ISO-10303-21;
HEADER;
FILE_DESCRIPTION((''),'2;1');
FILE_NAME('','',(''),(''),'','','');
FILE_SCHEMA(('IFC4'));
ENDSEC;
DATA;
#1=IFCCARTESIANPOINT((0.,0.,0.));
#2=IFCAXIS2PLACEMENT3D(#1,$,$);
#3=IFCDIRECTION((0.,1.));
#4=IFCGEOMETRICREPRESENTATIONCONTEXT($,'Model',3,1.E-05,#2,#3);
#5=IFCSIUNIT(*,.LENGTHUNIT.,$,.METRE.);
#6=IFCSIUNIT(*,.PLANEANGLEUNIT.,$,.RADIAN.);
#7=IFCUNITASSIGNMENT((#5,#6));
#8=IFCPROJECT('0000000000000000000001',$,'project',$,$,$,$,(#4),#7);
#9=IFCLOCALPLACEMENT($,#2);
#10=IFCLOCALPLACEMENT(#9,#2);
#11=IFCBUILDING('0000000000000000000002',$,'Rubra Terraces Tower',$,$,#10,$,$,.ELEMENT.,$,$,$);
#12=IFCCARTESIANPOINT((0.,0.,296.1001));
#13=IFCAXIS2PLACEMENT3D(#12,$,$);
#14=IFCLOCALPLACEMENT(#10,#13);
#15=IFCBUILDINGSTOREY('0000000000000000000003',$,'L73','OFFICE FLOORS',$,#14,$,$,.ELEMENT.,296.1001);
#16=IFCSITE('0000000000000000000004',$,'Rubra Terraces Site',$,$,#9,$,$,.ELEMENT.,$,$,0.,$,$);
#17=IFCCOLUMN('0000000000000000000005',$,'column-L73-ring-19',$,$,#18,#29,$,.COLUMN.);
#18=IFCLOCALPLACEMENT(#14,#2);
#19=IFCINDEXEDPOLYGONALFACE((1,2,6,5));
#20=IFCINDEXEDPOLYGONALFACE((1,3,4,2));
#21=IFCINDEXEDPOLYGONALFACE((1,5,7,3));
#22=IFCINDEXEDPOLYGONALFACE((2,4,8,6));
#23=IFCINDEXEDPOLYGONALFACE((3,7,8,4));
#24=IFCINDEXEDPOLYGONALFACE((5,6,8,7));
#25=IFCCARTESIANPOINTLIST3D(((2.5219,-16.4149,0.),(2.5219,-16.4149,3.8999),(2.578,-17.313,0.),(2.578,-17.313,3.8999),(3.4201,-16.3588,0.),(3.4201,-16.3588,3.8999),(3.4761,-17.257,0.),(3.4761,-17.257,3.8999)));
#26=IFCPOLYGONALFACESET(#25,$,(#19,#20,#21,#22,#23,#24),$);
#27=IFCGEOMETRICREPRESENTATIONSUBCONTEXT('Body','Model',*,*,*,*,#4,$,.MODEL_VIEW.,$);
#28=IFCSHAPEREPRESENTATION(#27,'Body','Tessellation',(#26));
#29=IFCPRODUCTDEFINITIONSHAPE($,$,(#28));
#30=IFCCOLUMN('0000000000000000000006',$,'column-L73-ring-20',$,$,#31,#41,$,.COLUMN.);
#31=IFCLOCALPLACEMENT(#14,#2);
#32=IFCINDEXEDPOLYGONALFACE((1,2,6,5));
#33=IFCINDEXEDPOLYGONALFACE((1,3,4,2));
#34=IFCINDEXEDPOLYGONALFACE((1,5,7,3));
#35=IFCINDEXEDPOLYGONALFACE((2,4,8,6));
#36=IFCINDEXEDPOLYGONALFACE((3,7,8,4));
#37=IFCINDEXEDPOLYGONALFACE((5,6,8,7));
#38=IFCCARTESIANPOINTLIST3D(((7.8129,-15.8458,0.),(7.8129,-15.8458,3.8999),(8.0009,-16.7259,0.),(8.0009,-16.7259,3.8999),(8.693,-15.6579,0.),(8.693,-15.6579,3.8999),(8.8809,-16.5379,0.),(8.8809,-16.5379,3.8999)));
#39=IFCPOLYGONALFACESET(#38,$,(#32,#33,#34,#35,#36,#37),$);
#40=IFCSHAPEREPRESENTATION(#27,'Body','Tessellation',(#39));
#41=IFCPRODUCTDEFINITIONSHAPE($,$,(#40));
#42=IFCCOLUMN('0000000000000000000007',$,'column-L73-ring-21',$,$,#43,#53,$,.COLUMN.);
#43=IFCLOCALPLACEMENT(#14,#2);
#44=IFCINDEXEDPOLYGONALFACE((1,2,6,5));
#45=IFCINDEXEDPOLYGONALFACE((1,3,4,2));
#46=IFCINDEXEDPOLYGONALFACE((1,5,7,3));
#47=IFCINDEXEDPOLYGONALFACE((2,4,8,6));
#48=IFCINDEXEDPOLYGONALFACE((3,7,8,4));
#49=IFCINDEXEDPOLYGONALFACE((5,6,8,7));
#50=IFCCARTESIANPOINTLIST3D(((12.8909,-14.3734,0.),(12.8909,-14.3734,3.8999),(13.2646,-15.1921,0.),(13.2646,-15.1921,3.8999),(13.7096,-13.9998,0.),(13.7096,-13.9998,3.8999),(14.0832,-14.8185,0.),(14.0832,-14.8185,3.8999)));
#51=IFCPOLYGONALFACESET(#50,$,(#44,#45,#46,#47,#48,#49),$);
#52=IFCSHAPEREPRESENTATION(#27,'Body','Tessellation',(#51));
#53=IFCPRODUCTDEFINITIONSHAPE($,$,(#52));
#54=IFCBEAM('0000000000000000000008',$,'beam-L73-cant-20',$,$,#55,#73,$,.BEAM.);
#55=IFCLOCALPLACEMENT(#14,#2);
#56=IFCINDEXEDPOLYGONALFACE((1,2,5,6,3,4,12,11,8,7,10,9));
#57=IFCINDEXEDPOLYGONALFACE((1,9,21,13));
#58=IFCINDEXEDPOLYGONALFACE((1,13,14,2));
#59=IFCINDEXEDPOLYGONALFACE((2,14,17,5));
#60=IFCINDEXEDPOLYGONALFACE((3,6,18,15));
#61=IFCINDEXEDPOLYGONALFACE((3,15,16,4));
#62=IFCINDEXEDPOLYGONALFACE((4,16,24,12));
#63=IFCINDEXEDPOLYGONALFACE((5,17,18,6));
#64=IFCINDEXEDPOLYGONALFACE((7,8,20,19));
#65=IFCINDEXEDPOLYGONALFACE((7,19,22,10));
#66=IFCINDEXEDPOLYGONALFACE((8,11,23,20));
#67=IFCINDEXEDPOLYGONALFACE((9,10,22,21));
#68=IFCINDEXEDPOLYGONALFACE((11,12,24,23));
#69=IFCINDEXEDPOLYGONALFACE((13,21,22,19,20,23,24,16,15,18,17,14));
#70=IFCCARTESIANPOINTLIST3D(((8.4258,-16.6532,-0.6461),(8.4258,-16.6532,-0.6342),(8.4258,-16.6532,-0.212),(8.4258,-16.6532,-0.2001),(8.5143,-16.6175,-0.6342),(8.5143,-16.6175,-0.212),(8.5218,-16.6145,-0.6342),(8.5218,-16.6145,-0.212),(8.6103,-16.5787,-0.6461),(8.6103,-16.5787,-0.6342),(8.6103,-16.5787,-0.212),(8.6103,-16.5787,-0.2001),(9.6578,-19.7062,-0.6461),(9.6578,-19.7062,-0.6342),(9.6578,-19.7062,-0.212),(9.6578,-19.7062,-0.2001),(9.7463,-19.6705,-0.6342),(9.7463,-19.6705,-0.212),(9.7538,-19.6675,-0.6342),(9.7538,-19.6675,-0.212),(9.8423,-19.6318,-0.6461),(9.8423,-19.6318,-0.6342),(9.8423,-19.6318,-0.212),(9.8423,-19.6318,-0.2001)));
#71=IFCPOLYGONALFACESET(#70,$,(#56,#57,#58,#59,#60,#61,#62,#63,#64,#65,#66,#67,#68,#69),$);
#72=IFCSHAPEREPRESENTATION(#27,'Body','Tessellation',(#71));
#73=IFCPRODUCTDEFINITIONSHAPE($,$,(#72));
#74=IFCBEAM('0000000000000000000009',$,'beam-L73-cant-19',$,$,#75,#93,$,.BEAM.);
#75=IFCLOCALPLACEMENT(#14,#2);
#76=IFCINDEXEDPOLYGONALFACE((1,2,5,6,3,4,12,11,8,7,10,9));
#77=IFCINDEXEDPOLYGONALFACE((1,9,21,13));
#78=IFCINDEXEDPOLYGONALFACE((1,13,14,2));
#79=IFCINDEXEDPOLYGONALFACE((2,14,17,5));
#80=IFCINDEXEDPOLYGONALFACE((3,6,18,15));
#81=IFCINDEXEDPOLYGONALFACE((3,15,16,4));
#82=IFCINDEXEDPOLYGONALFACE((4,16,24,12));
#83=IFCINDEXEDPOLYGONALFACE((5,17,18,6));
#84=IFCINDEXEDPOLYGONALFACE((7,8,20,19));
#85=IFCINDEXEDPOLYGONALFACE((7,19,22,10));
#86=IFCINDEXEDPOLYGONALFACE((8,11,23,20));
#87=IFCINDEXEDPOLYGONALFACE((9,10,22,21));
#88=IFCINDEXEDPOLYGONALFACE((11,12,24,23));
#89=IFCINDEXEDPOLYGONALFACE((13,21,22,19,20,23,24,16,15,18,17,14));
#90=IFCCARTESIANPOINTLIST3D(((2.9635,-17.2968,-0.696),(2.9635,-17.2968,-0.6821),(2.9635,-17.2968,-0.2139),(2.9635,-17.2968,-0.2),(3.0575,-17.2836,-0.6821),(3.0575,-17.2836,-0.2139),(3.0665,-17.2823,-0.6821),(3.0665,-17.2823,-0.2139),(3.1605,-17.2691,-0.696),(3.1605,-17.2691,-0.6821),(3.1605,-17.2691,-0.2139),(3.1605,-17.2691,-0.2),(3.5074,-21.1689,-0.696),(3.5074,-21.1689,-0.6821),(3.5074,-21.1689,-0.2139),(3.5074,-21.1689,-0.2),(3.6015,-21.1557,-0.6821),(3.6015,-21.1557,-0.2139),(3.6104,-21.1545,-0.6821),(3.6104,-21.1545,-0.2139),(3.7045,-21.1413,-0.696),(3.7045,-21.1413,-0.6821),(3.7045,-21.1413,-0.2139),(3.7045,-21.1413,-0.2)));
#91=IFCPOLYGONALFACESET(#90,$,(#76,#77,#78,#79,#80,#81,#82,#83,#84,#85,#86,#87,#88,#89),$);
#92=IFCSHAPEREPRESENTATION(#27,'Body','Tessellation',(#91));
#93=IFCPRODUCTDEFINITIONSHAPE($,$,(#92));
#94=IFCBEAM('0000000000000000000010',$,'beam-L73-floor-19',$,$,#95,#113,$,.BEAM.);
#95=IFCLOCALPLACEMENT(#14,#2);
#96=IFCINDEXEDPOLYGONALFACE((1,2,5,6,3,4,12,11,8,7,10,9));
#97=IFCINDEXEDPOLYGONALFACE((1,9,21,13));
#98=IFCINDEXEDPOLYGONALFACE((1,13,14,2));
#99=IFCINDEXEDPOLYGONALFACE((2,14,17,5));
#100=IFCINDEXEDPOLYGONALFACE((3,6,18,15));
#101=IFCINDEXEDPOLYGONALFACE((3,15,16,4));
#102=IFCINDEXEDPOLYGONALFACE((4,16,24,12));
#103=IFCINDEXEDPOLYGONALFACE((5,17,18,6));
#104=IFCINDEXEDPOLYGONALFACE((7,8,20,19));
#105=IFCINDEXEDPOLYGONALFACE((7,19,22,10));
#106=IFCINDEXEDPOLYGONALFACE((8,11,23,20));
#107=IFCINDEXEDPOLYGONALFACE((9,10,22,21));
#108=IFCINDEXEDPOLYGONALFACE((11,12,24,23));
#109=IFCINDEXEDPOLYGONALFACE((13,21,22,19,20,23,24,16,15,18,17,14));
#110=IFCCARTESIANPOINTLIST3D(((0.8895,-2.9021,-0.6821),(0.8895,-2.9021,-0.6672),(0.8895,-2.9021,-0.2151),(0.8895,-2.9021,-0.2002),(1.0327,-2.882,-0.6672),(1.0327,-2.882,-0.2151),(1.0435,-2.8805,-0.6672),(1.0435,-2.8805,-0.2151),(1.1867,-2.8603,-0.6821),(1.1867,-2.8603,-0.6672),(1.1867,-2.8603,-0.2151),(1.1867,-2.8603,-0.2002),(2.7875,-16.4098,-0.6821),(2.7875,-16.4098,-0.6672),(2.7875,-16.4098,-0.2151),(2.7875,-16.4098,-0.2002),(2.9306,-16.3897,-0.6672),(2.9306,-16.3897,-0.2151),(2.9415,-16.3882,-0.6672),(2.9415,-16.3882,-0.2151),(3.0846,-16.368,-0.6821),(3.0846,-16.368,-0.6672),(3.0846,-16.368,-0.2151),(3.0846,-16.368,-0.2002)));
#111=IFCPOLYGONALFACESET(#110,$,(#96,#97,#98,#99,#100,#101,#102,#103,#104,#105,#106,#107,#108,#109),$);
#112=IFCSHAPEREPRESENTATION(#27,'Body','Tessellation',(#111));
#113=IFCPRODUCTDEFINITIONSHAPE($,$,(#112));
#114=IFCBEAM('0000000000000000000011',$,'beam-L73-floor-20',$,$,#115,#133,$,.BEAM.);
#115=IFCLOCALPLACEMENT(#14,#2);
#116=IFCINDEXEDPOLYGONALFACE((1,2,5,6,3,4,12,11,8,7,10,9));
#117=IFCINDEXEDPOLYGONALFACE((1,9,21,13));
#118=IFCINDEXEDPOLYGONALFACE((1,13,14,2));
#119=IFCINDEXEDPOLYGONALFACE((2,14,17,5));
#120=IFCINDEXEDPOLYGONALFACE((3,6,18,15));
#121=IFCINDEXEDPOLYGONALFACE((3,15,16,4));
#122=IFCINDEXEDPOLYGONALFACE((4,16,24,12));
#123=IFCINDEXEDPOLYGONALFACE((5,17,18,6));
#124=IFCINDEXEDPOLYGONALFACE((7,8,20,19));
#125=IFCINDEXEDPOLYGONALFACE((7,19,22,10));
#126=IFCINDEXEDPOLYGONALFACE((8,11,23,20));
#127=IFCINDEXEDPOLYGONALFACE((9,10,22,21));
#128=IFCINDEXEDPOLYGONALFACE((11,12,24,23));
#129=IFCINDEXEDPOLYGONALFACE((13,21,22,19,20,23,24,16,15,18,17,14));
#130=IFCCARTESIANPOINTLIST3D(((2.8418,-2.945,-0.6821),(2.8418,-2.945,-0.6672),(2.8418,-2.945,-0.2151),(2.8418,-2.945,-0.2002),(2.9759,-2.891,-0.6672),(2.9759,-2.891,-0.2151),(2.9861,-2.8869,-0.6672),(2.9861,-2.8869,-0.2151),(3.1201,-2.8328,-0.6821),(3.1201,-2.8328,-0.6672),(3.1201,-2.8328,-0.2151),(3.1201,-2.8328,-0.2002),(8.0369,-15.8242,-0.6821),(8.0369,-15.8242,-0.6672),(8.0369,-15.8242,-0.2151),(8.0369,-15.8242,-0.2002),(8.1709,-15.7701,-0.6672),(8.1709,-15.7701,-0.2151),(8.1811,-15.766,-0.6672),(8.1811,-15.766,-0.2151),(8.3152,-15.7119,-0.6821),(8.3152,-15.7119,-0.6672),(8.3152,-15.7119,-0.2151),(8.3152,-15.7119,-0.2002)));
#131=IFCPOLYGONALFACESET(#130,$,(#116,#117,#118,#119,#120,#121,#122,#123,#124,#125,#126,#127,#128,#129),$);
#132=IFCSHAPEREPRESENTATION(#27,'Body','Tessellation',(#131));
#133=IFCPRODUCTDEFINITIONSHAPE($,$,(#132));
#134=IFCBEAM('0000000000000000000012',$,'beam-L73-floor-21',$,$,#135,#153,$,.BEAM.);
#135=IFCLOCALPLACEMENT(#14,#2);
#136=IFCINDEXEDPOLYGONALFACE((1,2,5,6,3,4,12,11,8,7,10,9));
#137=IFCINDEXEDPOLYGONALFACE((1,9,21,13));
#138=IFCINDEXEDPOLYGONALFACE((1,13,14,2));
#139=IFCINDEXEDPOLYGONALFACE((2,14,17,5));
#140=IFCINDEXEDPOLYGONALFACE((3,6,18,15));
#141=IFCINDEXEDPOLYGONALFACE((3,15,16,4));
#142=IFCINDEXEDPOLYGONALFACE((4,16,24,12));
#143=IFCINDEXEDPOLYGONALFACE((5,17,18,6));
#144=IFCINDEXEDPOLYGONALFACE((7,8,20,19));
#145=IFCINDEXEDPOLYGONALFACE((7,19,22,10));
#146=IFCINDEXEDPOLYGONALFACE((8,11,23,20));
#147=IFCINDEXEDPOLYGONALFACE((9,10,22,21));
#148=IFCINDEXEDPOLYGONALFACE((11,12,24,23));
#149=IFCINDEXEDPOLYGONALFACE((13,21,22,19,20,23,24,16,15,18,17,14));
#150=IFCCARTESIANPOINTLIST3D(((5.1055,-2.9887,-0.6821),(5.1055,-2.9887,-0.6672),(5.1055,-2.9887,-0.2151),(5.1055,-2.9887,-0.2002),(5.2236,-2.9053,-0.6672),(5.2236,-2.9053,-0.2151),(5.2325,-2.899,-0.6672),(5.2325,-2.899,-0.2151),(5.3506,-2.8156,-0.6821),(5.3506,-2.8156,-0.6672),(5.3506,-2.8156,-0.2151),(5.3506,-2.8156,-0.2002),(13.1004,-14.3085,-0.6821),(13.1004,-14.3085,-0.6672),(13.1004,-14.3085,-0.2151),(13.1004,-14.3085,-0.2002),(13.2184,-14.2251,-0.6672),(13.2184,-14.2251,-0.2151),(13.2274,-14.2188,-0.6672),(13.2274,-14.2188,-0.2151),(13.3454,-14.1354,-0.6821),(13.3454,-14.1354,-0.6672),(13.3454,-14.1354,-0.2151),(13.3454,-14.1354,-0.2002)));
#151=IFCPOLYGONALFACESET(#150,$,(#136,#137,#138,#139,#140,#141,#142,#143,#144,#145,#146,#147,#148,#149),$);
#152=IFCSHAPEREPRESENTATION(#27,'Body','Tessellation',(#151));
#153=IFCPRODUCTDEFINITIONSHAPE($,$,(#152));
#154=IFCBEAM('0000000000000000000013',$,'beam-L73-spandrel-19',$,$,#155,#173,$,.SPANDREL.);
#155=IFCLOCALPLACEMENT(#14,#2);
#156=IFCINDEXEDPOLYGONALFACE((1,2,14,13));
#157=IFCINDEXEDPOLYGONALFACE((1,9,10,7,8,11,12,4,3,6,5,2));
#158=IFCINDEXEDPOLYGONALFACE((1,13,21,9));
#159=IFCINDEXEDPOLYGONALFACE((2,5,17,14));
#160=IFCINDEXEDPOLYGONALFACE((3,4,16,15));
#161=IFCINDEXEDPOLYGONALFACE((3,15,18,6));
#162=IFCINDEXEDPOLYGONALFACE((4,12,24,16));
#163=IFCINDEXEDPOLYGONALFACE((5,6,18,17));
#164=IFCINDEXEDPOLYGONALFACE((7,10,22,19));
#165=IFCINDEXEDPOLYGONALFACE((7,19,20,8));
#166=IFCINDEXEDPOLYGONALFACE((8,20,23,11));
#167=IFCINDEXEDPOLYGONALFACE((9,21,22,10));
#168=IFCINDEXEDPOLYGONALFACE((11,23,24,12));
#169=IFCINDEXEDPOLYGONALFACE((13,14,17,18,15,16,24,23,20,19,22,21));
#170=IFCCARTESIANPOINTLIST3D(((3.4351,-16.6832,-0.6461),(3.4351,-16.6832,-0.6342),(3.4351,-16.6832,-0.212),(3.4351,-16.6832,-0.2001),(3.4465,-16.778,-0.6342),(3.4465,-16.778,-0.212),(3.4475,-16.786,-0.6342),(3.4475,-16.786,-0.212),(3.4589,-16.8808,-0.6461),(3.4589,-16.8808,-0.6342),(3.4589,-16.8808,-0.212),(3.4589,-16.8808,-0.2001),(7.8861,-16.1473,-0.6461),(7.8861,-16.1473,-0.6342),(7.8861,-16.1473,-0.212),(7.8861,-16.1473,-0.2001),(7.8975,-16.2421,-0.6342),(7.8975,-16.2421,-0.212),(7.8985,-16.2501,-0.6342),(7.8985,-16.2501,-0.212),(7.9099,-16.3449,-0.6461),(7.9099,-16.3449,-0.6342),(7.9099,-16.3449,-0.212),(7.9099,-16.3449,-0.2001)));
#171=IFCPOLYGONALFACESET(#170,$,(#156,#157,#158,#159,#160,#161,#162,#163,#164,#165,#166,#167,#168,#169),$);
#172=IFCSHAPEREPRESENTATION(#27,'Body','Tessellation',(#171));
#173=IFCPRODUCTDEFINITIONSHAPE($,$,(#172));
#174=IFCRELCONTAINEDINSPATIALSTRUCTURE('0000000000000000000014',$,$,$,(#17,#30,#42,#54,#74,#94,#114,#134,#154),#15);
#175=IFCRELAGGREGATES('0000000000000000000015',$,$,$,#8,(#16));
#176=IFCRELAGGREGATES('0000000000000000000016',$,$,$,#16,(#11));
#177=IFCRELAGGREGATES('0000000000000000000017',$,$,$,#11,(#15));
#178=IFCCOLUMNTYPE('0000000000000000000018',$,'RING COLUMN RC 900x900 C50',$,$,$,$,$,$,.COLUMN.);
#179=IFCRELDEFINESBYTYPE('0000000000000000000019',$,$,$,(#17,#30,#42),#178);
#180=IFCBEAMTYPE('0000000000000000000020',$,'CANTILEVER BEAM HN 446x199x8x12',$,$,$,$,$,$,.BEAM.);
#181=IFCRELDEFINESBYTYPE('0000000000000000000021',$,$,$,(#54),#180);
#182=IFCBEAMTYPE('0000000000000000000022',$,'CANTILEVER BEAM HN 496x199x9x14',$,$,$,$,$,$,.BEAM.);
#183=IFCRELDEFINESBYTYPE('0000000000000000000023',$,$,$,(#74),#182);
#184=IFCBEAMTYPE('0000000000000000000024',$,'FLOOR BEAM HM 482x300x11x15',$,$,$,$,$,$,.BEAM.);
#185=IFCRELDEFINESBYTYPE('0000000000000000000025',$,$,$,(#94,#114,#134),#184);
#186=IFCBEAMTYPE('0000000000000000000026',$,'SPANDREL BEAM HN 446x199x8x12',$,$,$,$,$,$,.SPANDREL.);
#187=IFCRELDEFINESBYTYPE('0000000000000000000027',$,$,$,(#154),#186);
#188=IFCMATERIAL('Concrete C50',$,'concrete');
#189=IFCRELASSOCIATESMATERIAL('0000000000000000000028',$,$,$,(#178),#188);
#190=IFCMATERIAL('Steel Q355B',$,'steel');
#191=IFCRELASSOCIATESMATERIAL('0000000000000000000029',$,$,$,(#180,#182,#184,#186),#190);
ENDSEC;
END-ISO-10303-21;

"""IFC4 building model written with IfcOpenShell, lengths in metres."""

from ifc_helpers import new_model, si_unit, direction, frame, origin, origin_2d, place, context, subcontext, project, spatial, rectangle, i_section, extrude, material, material_profile, profile_set, type_object, element, save


model = new_model("IFC4")

# Units and contexts
model_context = context("Model", 3, precision=1e-05, world=origin(), true_north=direction((0.0, 1.0)))
body_context = subcontext(model_context, "Body", "Model", "MODEL_VIEW")
ifc_project = project(units=[si_unit("LENGTHUNIT", "METRE"), si_unit("PLANEANGLEUNIT", "RADIAN")], contexts=[model_context])

# Site, building, storey
site_placement = place(None, origin())
site = spatial("IfcSite", under=ifc_project, at=site_placement, Name="Rubra Terraces Site", CompositionType="ELEMENT", RefElevation=0.0)
building_placement = place(site_placement, origin())
building = spatial("IfcBuilding", under=site, at=building_placement, Name="Rubra Terraces Tower", CompositionType="ELEMENT")
storey_placement = place(building_placement, frame((0.0, 0.0, 296.1001)))
storey = spatial("IfcBuildingStorey", under=building, at=storey_placement, Name="L73", Description="OFFICE FLOORS", CompositionType="ELEMENT", Elevation=296.1001)

# Columns
ifc_material_1 = material(Name="Concrete C50", Category="concrete")
ifc_material_profile_1 = material_profile(ifc_material_1, rectangle(XDim=0.8999, YDim=0.8999, at=origin_2d()), Name="RC 900x900")
ifc_profile_set_1 = profile_set([ifc_material_profile_1], Name="Concrete C50")
column_type = type_object("IfcColumnType", Name="RING COLUMN RC 900x900 C50", PredefinedType="COLUMN", material=ifc_profile_set_1)
for number, where, z_axis, x_axis, name in (
    (1, (2.999, -16.8359, 0.0), (0.0, 0.0, 1.0), (0.998059, 0.062268, 0.0), "column-L73-ring-19"),
    (2, (8.3469, -16.1919, 0.0), (0.0, 0.0, 1.0), (0.977944, 0.208867, 0.0), "column-L73-ring-20"),
    (3, (13.4871, -14.5959, 0.0), (0.0, 0.0, 1.0), (0.909726, 0.415208, 0.0), "column-L73-ring-21"),
):
    element("IfcColumn", number, at=place(storey_placement, frame(where, z_axis=z_axis, x_axis=x_axis)), inside=storey, type_object=column_type, Name=name, PredefinedType="COLUMN", context=body_context, shape_type="SweptSolid", body=[
        extrude(rectangle(XDim=0.8999, YDim=0.8999, at=origin_2d()), origin(), (0.0, 0.0, 1.0), 3.8999),
    ])

# Beams
ifc_material_2 = material(Name="Steel Q355B", Category="steel")
ifc_material_profile_2 = material_profile(ifc_material_2, i_section(OverallWidth=0.199, OverallDepth=0.446, WebThickness=0.0081, FlangeThickness=0.012, at=origin_2d()), Name="HN 446x199x8x12")
ifc_profile_set_2 = profile_set([ifc_material_profile_2], Name="Steel Q355B")
beam_type_1 = type_object("IfcBeamType", Name="CANTILEVER BEAM HN 446x199x8x12", PredefinedType="BEAM", material=ifc_profile_set_2)
beam_1_placement = place(storey_placement, frame((8.5181, -16.616, -0.4231), z_axis=(0.374202, -0.927347, 0.0), x_axis=(0.927347, 0.374202, 0.0)))
element("IfcBeam", 4, at=beam_1_placement, inside=storey, type_object=beam_type_1, Name="beam-L73-cant-20", PredefinedType="BEAM", context=body_context, shape_type="SweptSolid", body=[
    extrude(i_section(OverallWidth=0.199, OverallDepth=0.446, WebThickness=0.0081, FlangeThickness=0.012, at=origin_2d()), origin(), (0.0, 0.0, 1.0), 3.2922),
])
ifc_material_profile_3 = material_profile(ifc_material_2, i_section(OverallWidth=0.199, OverallDepth=0.4961, WebThickness=0.009, FlangeThickness=0.0139, at=origin_2d()), Name="HN 496x199x9x14")
ifc_profile_set_3 = profile_set([ifc_material_profile_3], Name="Steel Q355B")
beam_type_2 = type_object("IfcBeamType", Name="CANTILEVER BEAM HN 496x199x9x14", PredefinedType="BEAM", material=ifc_profile_set_3)
beam_2_placement = place(storey_placement, frame((3.062, -17.283, -0.448), z_axis=(0.139113, -0.990276, 0.0), x_axis=(0.990276, 0.139113, 0.0)))
element("IfcBeam", 5, at=beam_2_placement, inside=storey, type_object=beam_type_2, Name="beam-L73-cant-19", PredefinedType="BEAM", context=body_context, shape_type="SweptSolid", body=[
    extrude(i_section(OverallWidth=0.199, OverallDepth=0.4961, WebThickness=0.009, FlangeThickness=0.0139, at=origin_2d()), origin(), (0.0, 0.0, 1.0), 3.9102),
])
ifc_material_profile_4 = material_profile(ifc_material_2, i_section(OverallWidth=0.3, OverallDepth=0.4819, WebThickness=0.011, FlangeThickness=0.0149, at=origin_2d()), Name="HM 482x300x11x15")
ifc_profile_set_4 = profile_set([ifc_material_profile_4], Name="Steel Q355B")
beam_type_3 = type_object("IfcBeamType", Name="FLOOR BEAM HM 482x300x11x15", PredefinedType="BEAM", material=ifc_profile_set_4)
beam_3_placement = place(storey_placement, frame((2.936, -16.3889, -0.4412), z_axis=(-0.139141, 0.990273, 0.0), x_axis=(-0.990273, -0.139141, 0.0)))
element("IfcBeam", 6, at=beam_3_placement, inside=storey, type_object=beam_type_3, Name="beam-L73-floor-19", PredefinedType="BEAM", context=body_context, shape_type="SweptSolid", body=[
    extrude(i_section(OverallWidth=0.3, OverallDepth=0.4819, WebThickness=0.011, FlangeThickness=0.0149, at=origin_2d()), origin(), (0.0, 0.0, 1.0), 13.6404),
])
beam_4_placement = place(storey_placement, frame((8.176, -15.7681, -0.4412), z_axis=(-0.374084, 0.927395, 0.0), x_axis=(-0.927395, -0.374084, 0.0)))
element("IfcBeam", 7, at=beam_4_placement, inside=storey, type_object=beam_type_3, Name="beam-L73-floor-20", PredefinedType="BEAM", context=body_context, shape_type="SweptSolid", body=[
    extrude(i_section(OverallWidth=0.3, OverallDepth=0.4819, WebThickness=0.011, FlangeThickness=0.0149, at=origin_2d()), origin(), (0.0, 0.0, 1.0), 13.8875),
])
beam_5_placement = place(storey_placement, frame((13.2229, -14.2219, -0.4412), z_axis=(-0.576896, 0.816818, 0.0), x_axis=(-0.816818, -0.576896, 0.0)))
element("IfcBeam", 8, at=beam_5_placement, inside=storey, type_object=beam_type_3, Name="beam-L73-floor-21", PredefinedType="BEAM", context=body_context, shape_type="SweptSolid", body=[
    extrude(i_section(OverallWidth=0.3, OverallDepth=0.4819, WebThickness=0.011, FlangeThickness=0.0149, at=origin_2d()), origin(), (0.0, 0.0, 1.0), 13.8584),
])
ifc_material_profile_5 = material_profile(ifc_material_2, i_section(OverallWidth=0.199, OverallDepth=0.446, WebThickness=0.0081, FlangeThickness=0.012, at=origin_2d()), Name="HN 446x199x8x12")
ifc_profile_set_5 = profile_set([ifc_material_profile_5], Name="Steel Q355B")
beam_type_4 = type_object("IfcBeamType", Name="SPANDREL BEAM HN 446x199x8x12", PredefinedType="SPANDREL", material=ifc_profile_set_5)
beam_6_placement = place(storey_placement, frame((3.447, -16.782, -0.4231), z_axis=(0.99283, 0.119536, 0.0), x_axis=(-0.119536, 0.99283, 0.0)))
element("IfcBeam", 9, at=beam_6_placement, inside=storey, type_object=beam_type_4, Name="beam-L73-spandrel-19", PredefinedType="SPANDREL", context=body_context, shape_type="SweptSolid", body=[
    extrude(i_section(OverallWidth=0.199, OverallDepth=0.446, WebThickness=0.0081, FlangeThickness=0.012, at=origin_2d()), origin(), (0.0, 0.0, 1.0), 4.4832),
])

save(model, "model.ifc")
